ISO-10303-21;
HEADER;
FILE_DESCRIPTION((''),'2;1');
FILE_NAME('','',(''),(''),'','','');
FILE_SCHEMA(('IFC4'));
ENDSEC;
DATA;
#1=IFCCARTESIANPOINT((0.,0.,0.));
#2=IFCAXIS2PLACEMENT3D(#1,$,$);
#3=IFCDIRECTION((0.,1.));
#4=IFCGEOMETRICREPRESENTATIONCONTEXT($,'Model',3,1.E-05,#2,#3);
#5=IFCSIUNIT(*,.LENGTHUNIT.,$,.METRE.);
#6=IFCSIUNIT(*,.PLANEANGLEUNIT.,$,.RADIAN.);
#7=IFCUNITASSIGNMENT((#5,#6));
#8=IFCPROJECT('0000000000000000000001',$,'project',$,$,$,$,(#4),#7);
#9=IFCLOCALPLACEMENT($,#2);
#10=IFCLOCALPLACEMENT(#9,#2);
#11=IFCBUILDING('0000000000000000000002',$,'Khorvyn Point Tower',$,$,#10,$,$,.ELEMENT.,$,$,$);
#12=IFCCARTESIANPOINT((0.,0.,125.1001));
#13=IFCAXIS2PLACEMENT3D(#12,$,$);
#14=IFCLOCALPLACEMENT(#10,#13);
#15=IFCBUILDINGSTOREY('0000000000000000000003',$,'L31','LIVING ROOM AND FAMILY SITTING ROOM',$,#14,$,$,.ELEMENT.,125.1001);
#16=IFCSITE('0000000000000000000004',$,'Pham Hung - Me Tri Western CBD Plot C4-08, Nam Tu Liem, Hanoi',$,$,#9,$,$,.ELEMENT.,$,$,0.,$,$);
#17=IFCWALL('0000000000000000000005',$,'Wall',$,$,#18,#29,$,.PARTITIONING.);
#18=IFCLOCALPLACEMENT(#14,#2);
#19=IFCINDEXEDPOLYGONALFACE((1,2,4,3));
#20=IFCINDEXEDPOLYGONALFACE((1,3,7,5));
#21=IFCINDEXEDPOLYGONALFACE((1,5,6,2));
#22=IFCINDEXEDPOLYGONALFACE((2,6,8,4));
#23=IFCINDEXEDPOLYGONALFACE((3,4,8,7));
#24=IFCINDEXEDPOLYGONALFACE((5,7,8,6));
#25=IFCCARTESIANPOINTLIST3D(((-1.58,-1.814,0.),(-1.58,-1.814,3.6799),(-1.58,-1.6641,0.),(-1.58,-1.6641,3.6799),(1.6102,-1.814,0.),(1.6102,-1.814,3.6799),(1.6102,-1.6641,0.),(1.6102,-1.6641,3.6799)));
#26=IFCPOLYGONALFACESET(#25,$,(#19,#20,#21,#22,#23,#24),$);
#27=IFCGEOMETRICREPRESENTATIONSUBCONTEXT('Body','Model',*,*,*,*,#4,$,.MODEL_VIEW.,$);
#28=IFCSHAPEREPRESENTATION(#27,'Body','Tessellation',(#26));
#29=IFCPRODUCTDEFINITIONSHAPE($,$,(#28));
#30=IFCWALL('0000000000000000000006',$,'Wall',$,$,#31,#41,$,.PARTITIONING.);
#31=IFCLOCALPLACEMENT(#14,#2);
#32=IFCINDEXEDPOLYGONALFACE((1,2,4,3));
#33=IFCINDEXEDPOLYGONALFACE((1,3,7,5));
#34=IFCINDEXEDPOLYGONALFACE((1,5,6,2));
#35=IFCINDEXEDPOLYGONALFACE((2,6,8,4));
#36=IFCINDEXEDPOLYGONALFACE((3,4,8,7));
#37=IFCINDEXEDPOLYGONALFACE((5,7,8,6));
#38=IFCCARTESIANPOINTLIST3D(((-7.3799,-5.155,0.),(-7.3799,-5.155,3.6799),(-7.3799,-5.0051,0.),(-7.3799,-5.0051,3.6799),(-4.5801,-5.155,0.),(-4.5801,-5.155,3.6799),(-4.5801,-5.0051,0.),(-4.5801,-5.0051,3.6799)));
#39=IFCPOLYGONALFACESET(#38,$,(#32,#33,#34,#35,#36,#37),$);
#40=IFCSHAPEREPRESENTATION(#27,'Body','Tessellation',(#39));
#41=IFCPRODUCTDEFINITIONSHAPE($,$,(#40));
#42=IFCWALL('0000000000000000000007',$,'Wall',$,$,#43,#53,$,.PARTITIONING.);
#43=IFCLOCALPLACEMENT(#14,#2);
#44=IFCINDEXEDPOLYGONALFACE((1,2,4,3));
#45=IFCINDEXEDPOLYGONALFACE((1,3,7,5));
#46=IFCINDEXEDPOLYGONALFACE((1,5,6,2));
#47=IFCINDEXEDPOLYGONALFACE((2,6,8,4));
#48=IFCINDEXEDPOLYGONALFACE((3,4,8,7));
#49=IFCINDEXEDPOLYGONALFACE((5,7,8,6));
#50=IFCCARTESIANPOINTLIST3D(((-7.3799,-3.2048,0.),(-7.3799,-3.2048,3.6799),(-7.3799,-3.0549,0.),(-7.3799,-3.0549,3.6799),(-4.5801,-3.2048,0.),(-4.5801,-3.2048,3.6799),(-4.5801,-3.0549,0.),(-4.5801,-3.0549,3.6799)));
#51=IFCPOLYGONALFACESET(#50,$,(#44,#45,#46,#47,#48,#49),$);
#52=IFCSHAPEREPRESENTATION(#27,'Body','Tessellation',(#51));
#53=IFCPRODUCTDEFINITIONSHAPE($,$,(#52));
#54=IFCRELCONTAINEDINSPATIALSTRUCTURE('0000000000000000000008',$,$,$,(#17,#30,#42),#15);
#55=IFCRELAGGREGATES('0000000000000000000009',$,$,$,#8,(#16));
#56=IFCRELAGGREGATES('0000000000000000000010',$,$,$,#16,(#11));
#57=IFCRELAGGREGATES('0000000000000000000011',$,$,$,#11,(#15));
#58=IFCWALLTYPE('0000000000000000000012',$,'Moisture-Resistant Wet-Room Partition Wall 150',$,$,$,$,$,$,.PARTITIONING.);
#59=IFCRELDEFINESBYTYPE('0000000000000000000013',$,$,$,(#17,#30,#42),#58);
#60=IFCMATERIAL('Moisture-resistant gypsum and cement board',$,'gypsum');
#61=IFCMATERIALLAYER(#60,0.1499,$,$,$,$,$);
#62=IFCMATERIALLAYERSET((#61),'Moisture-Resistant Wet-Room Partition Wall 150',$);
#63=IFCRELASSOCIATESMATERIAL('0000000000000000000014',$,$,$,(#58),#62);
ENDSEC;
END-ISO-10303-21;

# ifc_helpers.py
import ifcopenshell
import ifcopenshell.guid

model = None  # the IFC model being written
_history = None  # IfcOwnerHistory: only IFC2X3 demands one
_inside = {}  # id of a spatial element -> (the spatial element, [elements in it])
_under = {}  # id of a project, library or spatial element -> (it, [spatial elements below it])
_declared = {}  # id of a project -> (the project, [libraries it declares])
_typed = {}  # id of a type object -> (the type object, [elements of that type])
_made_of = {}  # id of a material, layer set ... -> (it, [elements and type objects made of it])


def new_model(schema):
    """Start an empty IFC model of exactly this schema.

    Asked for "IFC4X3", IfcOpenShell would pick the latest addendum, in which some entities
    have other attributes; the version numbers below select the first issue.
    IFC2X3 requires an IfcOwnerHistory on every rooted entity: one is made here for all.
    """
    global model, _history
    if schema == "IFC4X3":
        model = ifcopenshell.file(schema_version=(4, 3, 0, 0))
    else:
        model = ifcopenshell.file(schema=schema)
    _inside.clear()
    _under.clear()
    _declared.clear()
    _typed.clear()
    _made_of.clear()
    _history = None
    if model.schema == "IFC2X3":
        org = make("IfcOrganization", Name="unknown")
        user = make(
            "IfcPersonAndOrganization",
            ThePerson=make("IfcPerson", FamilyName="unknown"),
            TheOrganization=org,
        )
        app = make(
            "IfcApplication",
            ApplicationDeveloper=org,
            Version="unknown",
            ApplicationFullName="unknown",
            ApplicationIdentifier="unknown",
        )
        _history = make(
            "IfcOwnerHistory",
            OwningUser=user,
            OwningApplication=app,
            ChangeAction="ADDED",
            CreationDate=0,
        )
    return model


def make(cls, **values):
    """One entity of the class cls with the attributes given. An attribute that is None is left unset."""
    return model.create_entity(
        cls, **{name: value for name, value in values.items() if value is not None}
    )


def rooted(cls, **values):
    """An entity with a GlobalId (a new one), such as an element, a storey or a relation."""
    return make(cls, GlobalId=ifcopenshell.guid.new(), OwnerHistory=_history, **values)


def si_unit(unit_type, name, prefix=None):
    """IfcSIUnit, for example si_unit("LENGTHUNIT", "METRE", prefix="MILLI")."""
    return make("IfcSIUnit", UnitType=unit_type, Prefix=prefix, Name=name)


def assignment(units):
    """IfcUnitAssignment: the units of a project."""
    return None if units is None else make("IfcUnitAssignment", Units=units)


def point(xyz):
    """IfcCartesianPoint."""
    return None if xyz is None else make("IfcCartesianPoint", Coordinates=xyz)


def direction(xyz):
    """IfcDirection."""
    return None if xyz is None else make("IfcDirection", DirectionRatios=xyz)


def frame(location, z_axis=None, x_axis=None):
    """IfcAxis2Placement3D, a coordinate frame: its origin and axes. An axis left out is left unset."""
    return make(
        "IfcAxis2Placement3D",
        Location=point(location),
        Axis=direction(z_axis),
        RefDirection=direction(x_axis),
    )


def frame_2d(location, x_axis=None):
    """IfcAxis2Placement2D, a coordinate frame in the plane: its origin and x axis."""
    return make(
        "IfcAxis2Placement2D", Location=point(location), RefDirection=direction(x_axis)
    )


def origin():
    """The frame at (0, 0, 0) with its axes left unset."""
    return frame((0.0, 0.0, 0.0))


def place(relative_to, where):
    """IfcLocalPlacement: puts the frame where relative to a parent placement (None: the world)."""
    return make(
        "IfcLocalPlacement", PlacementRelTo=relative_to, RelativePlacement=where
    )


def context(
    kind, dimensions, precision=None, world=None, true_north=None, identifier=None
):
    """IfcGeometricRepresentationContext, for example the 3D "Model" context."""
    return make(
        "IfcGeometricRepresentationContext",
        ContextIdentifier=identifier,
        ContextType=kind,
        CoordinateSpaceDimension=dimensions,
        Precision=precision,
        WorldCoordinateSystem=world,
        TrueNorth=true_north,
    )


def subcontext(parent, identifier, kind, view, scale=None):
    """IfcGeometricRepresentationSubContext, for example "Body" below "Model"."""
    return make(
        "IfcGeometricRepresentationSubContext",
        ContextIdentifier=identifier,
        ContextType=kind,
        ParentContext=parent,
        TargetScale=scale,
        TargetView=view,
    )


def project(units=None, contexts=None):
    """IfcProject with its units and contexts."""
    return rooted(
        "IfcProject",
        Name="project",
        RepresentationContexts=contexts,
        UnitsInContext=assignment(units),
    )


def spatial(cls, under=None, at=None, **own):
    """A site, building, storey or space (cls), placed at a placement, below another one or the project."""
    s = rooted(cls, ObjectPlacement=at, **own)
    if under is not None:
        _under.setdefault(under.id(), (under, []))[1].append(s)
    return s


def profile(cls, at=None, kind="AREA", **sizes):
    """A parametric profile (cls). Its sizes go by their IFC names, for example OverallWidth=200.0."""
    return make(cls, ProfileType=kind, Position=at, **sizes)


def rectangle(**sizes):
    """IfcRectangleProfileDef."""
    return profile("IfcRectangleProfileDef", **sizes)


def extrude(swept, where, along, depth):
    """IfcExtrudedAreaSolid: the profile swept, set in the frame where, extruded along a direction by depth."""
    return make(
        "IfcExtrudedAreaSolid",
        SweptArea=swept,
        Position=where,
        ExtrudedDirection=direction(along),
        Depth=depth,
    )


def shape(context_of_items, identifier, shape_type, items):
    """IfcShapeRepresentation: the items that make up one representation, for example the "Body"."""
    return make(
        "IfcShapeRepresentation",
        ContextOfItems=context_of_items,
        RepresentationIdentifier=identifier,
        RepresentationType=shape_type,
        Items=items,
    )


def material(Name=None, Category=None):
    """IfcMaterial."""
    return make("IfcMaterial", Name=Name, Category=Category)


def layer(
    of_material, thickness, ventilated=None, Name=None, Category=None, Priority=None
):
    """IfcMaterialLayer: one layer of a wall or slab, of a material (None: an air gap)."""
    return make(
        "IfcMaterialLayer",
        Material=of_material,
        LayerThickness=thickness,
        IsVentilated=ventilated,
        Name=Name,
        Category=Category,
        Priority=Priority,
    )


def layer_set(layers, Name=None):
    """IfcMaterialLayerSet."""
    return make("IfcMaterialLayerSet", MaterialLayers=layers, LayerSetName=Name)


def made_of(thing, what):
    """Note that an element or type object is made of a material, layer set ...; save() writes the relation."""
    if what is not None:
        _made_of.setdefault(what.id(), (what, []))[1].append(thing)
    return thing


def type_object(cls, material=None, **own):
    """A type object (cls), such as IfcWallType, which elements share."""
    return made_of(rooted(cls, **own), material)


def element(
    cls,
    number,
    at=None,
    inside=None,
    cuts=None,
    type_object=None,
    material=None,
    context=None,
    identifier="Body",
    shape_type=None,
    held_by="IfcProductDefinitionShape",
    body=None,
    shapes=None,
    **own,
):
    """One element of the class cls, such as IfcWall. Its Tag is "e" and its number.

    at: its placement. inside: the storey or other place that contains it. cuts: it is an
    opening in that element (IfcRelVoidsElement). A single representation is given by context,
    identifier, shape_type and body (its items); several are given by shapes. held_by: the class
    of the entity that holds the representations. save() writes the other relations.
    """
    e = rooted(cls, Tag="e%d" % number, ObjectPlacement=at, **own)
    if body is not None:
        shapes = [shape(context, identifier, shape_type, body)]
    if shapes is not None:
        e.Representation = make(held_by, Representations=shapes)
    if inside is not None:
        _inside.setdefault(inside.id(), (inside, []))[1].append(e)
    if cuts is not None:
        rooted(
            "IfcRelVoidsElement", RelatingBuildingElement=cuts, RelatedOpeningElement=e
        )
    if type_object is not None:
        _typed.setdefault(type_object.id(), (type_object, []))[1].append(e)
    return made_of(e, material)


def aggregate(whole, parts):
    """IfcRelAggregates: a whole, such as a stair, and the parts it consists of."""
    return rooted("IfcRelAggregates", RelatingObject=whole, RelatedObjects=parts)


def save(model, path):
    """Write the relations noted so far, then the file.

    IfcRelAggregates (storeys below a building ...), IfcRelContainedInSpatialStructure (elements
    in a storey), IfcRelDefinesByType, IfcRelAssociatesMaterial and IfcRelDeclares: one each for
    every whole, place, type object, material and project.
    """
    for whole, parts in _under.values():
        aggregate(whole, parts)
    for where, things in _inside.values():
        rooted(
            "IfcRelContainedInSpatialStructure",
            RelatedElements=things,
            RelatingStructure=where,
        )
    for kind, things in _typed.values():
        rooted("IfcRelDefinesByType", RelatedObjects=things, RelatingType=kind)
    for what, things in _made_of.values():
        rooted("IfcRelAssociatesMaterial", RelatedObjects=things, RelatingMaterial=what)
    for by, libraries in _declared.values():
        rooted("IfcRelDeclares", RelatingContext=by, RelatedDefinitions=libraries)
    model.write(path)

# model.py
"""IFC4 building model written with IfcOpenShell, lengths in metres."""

from ifc_helpers import new_model, si_unit, direction, frame, frame_2d, origin, place, context, subcontext, project, spatial, rectangle, extrude, material, layer, layer_set, type_object, element, save


model = new_model("IFC4")

# Units and contexts
model_context = context("Model", 3, precision=1e-05, world=origin(), true_north=direction((0.0, 1.0)))
body_context = subcontext(model_context, "Body", "Model", "MODEL_VIEW")
ifc_project = project(units=[si_unit("LENGTHUNIT", "METRE"), si_unit("PLANEANGLEUNIT", "RADIAN")], contexts=[model_context])

# Site, building, storey
site_placement = place(None, origin())
site = spatial("IfcSite", under=ifc_project, at=site_placement, Name="Pham Hung - Me Tri Western CBD Plot C4-08, Nam Tu Liem, Hanoi", CompositionType="ELEMENT", RefElevation=0.0)
building_placement = place(site_placement, origin())
building = spatial("IfcBuilding", under=site, at=building_placement, Name="Khorvyn Point Tower", CompositionType="ELEMENT")
storey_placement = place(building_placement, frame((0.0, 0.0, 125.1001)))
storey = spatial("IfcBuildingStorey", under=building, at=storey_placement, Name="L31", Description="LIVING ROOM AND FAMILY SITTING ROOM", CompositionType="ELEMENT", Elevation=125.1001)

# Shared definitions
ifc_material_1 = material(Name="Moisture-resistant gypsum and cement board", Category="gypsum")
ifc_layer_1 = layer(ifc_material_1, 0.1499)
ifc_layer_set_1 = layer_set([ifc_layer_1], Name="Moisture-Resistant Wet-Room Partition Wall 150")
wall_type_1 = type_object("IfcWallType", Name="Moisture-Resistant Wet-Room Partition Wall 150", PredefinedType="PARTITIONING", material=ifc_layer_set_1)

# Walls
wall_1_placement = place(storey_placement, frame((-1.5801, -1.739, 0.0), z_axis=(0.0, 0.0, 1.0), x_axis=(1.0, 0.0, 0.0)))
element("IfcWall", 1, at=wall_1_placement, inside=storey, type_object=wall_type_1, Name="Wall", PredefinedType="PARTITIONING", context=body_context, shape_type="SweptSolid", body=[
    extrude(rectangle(XDim=3.1902, YDim=0.1499, at=frame_2d((1.5952, 0.0))), origin(), (0.0, 0.0, 1.0), 3.6799),
])
for number, where, z_axis, x_axis, name in (
    (2, (-7.3799, -5.0801, 0.0), (0.0, 0.0, 1.0), (1.0, 0.0, 0.0), "Wall"),
    (3, (-7.3799, -3.1299, 0.0), (0.0, 0.0, 1.0), (1.0, 0.0, 0.0), "Wall"),
):
    element("IfcWall", number, at=place(storey_placement, frame(where, z_axis=z_axis, x_axis=x_axis)), inside=storey, type_object=wall_type_1, Name=name, PredefinedType="PARTITIONING", context=body_context, shape_type="SweptSolid", body=[
        extrude(rectangle(XDim=2.7998, YDim=0.1499, at=frame_2d((1.3999, 0.0))), origin(), (0.0, 0.0, 1.0), 3.6799),
    ])

save(model, "model.ifc")
